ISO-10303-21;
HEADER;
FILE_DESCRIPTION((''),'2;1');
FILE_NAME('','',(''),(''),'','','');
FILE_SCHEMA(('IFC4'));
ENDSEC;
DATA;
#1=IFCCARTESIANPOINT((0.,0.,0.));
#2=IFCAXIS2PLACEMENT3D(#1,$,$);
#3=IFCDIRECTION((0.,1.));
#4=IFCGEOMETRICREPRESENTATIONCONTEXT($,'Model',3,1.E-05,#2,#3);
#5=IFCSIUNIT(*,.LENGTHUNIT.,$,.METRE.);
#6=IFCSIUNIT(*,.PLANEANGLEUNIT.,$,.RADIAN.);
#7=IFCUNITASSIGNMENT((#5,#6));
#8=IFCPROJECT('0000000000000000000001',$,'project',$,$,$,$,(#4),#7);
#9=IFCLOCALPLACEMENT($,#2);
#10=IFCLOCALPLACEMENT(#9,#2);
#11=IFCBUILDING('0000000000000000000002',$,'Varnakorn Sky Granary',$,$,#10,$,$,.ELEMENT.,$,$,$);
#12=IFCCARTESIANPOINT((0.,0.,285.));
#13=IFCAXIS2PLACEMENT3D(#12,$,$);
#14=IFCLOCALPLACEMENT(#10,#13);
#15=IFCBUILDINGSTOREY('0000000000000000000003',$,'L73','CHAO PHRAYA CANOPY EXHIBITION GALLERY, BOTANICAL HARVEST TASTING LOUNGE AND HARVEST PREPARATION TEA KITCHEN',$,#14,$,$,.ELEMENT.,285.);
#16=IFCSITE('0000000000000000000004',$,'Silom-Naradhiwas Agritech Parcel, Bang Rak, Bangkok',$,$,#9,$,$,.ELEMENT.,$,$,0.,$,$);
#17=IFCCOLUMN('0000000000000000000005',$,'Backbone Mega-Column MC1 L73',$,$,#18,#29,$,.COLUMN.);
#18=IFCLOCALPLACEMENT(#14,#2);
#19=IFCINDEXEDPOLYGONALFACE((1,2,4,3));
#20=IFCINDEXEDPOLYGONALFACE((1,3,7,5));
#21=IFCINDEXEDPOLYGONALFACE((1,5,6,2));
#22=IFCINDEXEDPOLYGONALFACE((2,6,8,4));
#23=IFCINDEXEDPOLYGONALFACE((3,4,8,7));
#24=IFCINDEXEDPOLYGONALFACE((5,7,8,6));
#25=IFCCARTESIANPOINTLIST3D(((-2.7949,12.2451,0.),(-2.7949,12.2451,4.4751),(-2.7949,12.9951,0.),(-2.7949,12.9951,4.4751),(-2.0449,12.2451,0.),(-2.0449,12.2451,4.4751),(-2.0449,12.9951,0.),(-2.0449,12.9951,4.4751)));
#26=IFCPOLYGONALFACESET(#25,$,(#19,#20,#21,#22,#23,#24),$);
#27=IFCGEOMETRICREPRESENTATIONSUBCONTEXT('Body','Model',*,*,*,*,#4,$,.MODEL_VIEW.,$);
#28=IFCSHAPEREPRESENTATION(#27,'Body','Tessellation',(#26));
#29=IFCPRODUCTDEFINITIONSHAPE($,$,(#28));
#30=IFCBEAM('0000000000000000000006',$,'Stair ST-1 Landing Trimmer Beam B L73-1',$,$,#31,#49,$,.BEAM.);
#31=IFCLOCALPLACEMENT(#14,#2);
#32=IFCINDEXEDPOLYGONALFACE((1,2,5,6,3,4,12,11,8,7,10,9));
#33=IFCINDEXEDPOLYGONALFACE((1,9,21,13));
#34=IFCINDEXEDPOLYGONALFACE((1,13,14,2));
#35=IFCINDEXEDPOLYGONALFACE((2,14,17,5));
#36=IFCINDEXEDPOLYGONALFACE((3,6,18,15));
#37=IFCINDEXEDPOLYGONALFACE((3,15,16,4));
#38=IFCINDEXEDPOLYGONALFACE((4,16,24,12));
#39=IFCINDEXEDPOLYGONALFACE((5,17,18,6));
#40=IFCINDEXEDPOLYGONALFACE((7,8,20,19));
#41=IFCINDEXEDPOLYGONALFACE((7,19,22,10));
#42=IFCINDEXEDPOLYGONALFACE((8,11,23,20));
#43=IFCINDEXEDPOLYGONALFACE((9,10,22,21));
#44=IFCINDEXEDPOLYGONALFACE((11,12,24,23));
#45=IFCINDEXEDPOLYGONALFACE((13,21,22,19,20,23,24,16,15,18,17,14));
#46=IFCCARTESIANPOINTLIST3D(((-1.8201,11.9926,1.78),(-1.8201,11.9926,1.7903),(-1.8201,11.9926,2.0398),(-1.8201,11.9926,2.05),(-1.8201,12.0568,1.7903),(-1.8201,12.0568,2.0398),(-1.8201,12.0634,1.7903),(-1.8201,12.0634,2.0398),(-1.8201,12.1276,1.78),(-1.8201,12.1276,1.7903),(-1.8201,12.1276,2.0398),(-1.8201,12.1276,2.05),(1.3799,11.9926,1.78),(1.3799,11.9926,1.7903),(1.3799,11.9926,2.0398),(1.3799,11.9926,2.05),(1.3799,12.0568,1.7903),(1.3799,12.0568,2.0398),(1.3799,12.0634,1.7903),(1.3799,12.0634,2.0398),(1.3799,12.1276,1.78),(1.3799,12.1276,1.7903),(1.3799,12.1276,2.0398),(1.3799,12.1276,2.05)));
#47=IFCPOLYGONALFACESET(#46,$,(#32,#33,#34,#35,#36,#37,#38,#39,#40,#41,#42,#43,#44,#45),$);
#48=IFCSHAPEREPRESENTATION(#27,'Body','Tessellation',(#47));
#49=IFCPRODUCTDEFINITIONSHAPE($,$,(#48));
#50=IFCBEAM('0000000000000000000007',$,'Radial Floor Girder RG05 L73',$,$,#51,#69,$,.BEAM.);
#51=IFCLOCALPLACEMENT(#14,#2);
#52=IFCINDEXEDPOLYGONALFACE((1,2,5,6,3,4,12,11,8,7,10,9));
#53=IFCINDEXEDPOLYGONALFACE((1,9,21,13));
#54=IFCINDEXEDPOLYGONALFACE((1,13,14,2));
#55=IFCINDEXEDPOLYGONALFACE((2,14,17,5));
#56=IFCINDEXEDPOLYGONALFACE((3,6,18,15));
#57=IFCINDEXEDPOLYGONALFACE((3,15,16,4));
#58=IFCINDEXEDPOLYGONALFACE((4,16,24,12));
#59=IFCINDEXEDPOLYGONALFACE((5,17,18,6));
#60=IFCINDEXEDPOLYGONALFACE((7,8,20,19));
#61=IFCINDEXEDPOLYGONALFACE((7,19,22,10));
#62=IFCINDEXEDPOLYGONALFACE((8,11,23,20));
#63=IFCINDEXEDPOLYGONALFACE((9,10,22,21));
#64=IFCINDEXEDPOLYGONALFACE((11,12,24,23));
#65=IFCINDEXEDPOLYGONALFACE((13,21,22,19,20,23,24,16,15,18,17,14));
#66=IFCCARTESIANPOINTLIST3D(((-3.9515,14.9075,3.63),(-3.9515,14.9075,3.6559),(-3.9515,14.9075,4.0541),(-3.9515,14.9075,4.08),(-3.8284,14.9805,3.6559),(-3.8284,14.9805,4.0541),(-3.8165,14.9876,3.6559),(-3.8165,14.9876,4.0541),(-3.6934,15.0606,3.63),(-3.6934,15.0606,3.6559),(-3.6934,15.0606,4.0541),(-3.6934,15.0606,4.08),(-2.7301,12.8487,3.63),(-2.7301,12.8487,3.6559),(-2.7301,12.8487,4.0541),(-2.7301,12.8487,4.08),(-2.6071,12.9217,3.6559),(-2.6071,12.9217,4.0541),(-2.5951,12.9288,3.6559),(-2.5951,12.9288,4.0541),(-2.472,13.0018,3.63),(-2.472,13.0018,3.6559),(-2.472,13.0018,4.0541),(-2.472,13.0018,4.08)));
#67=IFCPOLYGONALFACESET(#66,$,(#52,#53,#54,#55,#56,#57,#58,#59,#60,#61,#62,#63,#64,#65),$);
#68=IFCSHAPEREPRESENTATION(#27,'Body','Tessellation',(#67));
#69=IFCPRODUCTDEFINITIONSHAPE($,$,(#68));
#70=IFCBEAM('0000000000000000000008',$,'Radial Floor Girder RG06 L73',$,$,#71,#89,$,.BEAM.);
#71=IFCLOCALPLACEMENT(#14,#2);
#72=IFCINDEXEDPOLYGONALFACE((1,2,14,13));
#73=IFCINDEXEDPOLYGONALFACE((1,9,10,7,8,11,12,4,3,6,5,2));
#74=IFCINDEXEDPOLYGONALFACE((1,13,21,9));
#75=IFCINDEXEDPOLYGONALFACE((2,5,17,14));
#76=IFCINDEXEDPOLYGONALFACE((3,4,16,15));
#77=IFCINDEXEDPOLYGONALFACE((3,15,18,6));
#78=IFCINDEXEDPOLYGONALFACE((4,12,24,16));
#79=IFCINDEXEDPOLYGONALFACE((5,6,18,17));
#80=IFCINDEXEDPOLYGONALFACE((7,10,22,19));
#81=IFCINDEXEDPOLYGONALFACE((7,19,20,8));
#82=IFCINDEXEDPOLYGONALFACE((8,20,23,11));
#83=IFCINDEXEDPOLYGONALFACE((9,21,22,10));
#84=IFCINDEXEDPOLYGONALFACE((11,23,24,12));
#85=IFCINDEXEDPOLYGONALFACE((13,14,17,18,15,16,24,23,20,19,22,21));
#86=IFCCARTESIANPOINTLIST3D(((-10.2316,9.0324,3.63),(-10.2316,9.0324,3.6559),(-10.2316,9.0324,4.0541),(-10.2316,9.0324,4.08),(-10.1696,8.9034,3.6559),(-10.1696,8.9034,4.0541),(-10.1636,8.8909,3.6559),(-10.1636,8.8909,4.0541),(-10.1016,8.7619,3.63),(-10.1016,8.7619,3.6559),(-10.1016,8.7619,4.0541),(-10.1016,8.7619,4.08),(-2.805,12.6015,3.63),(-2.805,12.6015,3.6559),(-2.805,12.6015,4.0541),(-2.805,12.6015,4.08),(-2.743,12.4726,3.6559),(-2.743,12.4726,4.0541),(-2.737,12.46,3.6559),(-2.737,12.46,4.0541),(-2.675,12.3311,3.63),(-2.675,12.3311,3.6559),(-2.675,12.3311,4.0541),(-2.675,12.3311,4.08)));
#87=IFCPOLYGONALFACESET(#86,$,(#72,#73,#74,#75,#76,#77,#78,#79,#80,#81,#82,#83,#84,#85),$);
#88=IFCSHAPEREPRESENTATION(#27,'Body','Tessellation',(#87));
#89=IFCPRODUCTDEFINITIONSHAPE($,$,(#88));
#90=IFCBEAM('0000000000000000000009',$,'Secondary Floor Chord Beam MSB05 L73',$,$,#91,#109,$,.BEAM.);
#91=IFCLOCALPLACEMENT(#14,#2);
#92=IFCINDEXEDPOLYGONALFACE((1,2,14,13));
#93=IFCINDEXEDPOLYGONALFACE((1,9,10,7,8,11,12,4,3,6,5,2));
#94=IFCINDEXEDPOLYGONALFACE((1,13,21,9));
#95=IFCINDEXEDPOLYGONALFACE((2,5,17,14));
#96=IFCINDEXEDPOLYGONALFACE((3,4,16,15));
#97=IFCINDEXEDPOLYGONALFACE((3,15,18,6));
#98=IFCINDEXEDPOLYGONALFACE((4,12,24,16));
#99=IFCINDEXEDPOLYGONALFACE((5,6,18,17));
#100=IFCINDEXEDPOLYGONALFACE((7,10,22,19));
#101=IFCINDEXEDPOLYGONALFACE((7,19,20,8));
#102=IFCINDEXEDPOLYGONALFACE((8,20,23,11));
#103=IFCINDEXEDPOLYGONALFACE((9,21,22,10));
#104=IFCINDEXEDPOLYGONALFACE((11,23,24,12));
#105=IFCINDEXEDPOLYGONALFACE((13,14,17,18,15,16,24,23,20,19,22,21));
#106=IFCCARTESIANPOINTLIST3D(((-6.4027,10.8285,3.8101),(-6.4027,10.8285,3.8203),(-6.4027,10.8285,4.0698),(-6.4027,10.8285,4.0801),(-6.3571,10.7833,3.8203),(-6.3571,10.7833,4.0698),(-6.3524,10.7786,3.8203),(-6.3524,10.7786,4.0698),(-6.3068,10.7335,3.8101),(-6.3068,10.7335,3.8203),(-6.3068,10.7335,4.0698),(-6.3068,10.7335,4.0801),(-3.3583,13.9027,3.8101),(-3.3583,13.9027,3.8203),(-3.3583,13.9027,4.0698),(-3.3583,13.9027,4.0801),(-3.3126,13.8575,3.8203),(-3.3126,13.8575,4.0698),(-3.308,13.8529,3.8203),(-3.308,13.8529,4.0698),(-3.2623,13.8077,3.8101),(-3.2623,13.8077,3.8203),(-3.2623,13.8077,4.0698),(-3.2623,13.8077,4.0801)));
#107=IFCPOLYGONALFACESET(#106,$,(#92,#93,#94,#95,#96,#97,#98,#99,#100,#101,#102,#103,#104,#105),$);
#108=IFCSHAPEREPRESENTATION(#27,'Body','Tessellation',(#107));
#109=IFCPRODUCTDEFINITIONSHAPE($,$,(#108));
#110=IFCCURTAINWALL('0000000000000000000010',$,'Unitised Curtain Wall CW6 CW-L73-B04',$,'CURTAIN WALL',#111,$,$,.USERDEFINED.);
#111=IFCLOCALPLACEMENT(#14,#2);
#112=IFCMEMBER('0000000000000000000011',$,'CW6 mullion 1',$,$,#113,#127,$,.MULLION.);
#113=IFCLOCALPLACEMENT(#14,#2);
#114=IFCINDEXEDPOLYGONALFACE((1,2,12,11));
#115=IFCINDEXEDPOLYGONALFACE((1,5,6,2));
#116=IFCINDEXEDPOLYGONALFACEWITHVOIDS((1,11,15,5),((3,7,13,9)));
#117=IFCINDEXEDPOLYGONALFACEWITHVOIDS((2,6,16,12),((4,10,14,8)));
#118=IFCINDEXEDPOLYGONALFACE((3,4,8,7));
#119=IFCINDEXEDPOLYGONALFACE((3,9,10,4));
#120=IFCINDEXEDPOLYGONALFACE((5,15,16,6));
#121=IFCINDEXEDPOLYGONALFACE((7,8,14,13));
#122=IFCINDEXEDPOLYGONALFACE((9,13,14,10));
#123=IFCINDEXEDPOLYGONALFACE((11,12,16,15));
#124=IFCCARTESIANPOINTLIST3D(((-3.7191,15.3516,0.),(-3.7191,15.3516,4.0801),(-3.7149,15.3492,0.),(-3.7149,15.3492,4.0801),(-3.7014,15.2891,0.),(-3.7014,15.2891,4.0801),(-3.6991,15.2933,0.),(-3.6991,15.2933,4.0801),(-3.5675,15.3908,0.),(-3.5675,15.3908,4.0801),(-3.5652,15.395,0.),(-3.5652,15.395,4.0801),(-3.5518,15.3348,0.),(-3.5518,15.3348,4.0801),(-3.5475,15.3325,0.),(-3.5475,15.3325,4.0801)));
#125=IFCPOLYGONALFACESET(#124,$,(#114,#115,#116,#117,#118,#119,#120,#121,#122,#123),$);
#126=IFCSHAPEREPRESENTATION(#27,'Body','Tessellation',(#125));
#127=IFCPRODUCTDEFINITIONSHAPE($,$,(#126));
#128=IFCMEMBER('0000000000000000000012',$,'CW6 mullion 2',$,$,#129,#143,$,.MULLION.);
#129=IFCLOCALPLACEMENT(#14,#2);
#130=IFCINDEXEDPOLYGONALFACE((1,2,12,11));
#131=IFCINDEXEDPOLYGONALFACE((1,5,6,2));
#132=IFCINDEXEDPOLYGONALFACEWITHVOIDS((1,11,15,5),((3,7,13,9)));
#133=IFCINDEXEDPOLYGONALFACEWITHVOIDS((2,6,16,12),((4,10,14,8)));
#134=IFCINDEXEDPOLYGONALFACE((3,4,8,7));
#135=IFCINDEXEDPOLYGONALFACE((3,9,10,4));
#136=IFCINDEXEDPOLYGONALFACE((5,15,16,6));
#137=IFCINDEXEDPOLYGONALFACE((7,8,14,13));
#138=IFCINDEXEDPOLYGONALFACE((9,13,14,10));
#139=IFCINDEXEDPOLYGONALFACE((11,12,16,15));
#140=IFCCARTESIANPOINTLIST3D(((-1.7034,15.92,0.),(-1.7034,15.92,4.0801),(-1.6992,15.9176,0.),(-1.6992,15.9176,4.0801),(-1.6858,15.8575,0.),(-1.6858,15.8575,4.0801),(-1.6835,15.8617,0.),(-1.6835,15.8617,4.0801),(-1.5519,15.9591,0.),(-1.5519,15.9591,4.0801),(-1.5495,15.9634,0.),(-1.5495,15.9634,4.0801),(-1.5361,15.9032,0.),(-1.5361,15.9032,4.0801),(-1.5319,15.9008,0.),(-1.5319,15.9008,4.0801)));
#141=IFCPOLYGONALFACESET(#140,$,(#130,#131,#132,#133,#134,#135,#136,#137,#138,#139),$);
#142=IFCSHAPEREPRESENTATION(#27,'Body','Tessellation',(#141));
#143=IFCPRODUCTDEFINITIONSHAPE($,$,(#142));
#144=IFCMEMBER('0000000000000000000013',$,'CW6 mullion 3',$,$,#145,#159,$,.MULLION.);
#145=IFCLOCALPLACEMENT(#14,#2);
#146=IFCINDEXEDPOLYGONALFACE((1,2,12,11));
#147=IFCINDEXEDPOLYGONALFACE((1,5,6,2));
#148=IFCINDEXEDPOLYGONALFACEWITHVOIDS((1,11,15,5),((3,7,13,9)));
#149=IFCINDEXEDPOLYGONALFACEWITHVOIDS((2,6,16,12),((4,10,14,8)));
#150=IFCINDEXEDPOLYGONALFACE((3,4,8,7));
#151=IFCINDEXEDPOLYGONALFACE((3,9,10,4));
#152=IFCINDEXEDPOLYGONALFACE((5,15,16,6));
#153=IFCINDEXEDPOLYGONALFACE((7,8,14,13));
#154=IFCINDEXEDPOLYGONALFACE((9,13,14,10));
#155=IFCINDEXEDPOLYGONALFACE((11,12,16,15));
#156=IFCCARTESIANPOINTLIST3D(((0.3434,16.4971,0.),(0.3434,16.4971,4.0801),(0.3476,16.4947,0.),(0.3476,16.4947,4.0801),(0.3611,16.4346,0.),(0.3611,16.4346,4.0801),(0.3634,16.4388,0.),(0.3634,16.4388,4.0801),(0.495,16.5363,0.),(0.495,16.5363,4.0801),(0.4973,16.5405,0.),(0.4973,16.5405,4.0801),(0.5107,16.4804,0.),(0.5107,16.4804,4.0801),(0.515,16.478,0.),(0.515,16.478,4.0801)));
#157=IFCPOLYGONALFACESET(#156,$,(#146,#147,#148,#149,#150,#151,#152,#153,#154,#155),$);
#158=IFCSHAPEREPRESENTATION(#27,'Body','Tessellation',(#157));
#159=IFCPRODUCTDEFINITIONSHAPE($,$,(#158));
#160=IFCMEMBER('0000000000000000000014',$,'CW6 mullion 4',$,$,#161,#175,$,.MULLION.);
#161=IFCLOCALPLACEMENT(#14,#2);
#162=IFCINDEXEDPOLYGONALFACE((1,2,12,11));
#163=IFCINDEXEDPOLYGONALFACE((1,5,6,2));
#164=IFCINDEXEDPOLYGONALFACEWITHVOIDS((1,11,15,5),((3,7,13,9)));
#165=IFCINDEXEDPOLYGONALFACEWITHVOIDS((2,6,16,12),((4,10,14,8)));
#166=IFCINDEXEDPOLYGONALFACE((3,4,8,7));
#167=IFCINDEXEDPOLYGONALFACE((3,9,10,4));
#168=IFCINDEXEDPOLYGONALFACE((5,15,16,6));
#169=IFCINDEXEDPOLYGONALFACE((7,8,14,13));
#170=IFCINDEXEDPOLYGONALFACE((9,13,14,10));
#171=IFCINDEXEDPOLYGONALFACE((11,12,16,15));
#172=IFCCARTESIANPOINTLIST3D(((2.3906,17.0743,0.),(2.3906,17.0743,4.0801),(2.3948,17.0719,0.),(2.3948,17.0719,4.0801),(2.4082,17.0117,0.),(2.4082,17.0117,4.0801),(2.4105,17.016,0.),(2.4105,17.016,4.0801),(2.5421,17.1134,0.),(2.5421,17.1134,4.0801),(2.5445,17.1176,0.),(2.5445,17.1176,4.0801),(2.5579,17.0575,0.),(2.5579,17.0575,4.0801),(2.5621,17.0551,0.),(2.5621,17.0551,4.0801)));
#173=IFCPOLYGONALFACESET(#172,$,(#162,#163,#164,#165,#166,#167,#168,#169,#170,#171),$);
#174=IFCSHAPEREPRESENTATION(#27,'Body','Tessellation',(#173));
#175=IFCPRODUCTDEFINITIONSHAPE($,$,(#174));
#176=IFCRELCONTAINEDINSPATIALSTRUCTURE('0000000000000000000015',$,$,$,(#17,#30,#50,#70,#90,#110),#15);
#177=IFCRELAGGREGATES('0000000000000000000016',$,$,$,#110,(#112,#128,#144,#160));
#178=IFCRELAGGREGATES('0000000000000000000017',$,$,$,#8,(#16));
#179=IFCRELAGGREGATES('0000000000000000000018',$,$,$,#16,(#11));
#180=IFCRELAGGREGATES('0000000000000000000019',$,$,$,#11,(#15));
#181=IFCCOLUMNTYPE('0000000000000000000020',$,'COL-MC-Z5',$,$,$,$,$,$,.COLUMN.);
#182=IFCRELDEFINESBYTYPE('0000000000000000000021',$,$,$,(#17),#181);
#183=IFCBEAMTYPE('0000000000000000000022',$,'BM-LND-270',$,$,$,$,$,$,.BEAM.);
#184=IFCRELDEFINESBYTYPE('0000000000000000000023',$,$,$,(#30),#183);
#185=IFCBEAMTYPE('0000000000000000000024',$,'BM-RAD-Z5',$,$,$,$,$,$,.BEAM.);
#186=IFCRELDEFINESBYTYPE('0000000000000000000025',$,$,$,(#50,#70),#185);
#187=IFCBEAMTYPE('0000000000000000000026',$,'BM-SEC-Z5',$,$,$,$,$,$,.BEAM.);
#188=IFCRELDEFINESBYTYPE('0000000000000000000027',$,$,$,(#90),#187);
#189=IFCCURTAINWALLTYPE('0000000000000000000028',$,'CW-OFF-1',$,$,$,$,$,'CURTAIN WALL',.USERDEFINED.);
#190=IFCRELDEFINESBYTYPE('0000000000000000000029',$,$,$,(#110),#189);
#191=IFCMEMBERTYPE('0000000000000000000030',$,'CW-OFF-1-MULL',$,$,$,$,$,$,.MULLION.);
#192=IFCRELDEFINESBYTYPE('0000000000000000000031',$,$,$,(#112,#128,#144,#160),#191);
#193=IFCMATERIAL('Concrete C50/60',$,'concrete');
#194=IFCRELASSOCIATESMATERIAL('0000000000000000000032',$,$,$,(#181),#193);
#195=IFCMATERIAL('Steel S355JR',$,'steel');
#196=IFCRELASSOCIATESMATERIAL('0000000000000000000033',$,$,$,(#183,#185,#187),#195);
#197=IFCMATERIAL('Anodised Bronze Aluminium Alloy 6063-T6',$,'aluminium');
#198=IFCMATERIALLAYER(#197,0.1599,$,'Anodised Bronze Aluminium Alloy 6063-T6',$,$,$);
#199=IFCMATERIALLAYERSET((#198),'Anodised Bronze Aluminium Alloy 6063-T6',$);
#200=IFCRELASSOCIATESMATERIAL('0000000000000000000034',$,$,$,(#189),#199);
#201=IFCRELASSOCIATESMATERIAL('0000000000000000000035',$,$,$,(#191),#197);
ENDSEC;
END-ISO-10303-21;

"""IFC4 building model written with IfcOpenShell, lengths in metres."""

from ifc_helpers import new_model, si_unit, direction, frame, origin, origin_2d, place, context, subcontext, project, spatial, rectangle, hollow_rectangle, i_section, extrude, material, layer, layer_set, material_profile, profile_set, type_object, element, aggregate, save


model = new_model("IFC4")

# Units and contexts
model_context = context("Model", 3, precision=1e-05, world=origin(), true_north=direction((0.0, 1.0)))
body_context = subcontext(model_context, "Body", "Model", "MODEL_VIEW")
ifc_project = project(units=[si_unit("LENGTHUNIT", "METRE"), si_unit("PLANEANGLEUNIT", "RADIAN")], contexts=[model_context])

# Site, building, storey
site_placement = place(None, origin())
site = spatial("IfcSite", under=ifc_project, at=site_placement, Name="Silom-Naradhiwas Agritech Parcel, Bang Rak, Bangkok", CompositionType="ELEMENT", RefElevation=0.0)
building_placement = place(site_placement, origin())
building = spatial("IfcBuilding", under=site, at=building_placement, Name="Varnakorn Sky Granary", CompositionType="ELEMENT")
storey_placement = place(building_placement, frame((0.0, 0.0, 285.0)))
storey = spatial("IfcBuildingStorey", under=building, at=storey_placement, Name="L73", Description="CHAO PHRAYA CANOPY EXHIBITION GALLERY, BOTANICAL HARVEST TASTING LOUNGE AND HARVEST PREPARATION TEA KITCHEN", CompositionType="ELEMENT", Elevation=285.0)

# Column
ifc_material_1 = material(Name="Concrete C50/60", Category="concrete")
ifc_material_profile_1 = material_profile(ifc_material_1, rectangle(XDim=0.75, YDim=0.75, at=origin_2d()), Name="RC 750x750")
ifc_profile_set_1 = profile_set([ifc_material_profile_1], Name="Concrete C50/60")
column_type = type_object("IfcColumnType", Name="COL-MC-Z5", PredefinedType="COLUMN", material=ifc_profile_set_1)
column_placement = place(storey_placement, frame((-2.4199, 12.6201, 0.0), z_axis=(0.0, 0.0, 1.0), x_axis=(1.0, 0.0, 0.0)))
element("IfcColumn", 1, at=column_placement, inside=storey, type_object=column_type, Name="Backbone Mega-Column MC1 L73", PredefinedType="COLUMN", context=body_context, shape_type="SweptSolid", body=[
    extrude(rectangle(XDim=0.75, YDim=0.75, at=origin_2d()), origin(), (0.0, 0.0, 1.0), 4.4751),
])

# Beams
ifc_material_2 = material(Name="Steel S355JR", Category="steel")
ifc_material_profile_2 = material_profile(ifc_material_2, i_section(OverallWidth=0.135, OverallDepth=0.27, WebThickness=0.0066, FlangeThickness=0.0103, at=origin_2d()), Name="IPE 270")
ifc_profile_set_2 = profile_set([ifc_material_profile_2], Name="Steel S355JR")
beam_type_1 = type_object("IfcBeamType", Name="BM-LND-270", PredefinedType="BEAM", material=ifc_profile_set_2)
beam_1_placement = place(storey_placement, frame((-1.8201, 12.0601, 1.915), z_axis=(1.0, 0.0, 0.0), x_axis=(0.0, 1.0, 0.0)))
element("IfcBeam", 2, at=beam_1_placement, inside=storey, type_object=beam_type_1, Name="Stair ST-1 Landing Trimmer Beam B L73-1", PredefinedType="BEAM", context=body_context, shape_type="SweptSolid", body=[
    extrude(i_section(OverallWidth=0.135, OverallDepth=0.27, WebThickness=0.0066, FlangeThickness=0.0103, at=origin_2d()), origin(), (0.0, 0.0, 1.0), 3.2),
])
ifc_material_profile_3 = material_profile(ifc_material_2, i_section(OverallWidth=0.3, OverallDepth=0.45, WebThickness=0.0139, FlangeThickness=0.0259, at=origin_2d()), Name="HE 450 B")
ifc_profile_set_3 = profile_set([ifc_material_profile_3], Name="Steel S355JR")
beam_type_2 = type_object("IfcBeamType", Name="BM-RAD-Z5", PredefinedType="BEAM", material=ifc_profile_set_3)
beam_2_placement = place(storey_placement, frame((-2.6011, 12.9253, 3.855), z_axis=(-0.51023, 0.860038, 0.0), x_axis=(-0.860038, -0.51023, 0.0)))
element("IfcBeam", 3, at=beam_2_placement, inside=storey, type_object=beam_type_2, Name="Radial Floor Girder RG05 L73", PredefinedType="BEAM", context=body_context, shape_type="SweptSolid", body=[
    extrude(i_section(OverallWidth=0.3, OverallDepth=0.45, WebThickness=0.0139, FlangeThickness=0.0259, at=origin_2d()), origin(), (0.0, 0.0, 1.0), 2.3938),
])
beam_3_placement = place(storey_placement, frame((-2.74, 12.4663, 3.855), z_axis=(-0.901316, -0.433162, 0.0), x_axis=(0.433162, -0.901316, 0.0)))
element("IfcBeam", 4, at=beam_3_placement, inside=storey, type_object=beam_type_2, Name="Radial Floor Girder RG06 L73", PredefinedType="BEAM", context=body_context, shape_type="SweptSolid", body=[
    extrude(i_section(OverallWidth=0.3, OverallDepth=0.45, WebThickness=0.0139, FlangeThickness=0.0259, at=origin_2d()), origin(), (0.0, 0.0, 1.0), 8.2397),
])
ifc_material_profile_4 = material_profile(ifc_material_2, i_section(OverallWidth=0.135, OverallDepth=0.27, WebThickness=0.0066, FlangeThickness=0.0103, at=origin_2d()), Name="IPE 270")
ifc_profile_set_4 = profile_set([ifc_material_profile_4], Name="Steel S355JR")
beam_type_3 = type_object("IfcBeamType", Name="BM-SEC-Z5", PredefinedType="BEAM", material=ifc_profile_set_4)
beam_4_placement = place(storey_placement, frame((-3.3103, 13.8552, 3.9451), z_axis=(-0.703656, -0.710541, 0.0), x_axis=(0.710541, -0.703656, 0.0)))
element("IfcBeam", 5, at=beam_4_placement, inside=storey, type_object=beam_type_3, Name="Secondary Floor Chord Beam MSB05 L73", PredefinedType="BEAM", context=body_context, shape_type="SweptSolid", body=[
    extrude(i_section(OverallWidth=0.135, OverallDepth=0.27, WebThickness=0.0066, FlangeThickness=0.0103, at=origin_2d()), origin(), (0.0, 0.0, 1.0), 4.3267),
])

# Curtain wall, members
ifc_material_3 = material(Name="Anodised Bronze Aluminium Alloy 6063-T6", Category="aluminium")
ifc_layer_1 = layer(ifc_material_3, 0.1599, Name="Anodised Bronze Aluminium Alloy 6063-T6")
ifc_layer_set_1 = layer_set([ifc_layer_1], Name="Anodised Bronze Aluminium Alloy 6063-T6")
curtain_wall_type = type_object("IfcCurtainWallType", Name="CW-OFF-1", ElementType="CURTAIN WALL", PredefinedType="USERDEFINED", material=ifc_layer_set_1)
curtain_wall_placement = place(storey_placement, origin())
curtain_wall = element("IfcCurtainWall", 6, at=curtain_wall_placement, inside=storey, type_object=curtain_wall_type, Name="Unitised Curtain Wall CW6 CW-L73-B04", ObjectType="CURTAIN WALL", PredefinedType="USERDEFINED")
ifc_material_profile_5 = material_profile(ifc_material_3, hollow_rectangle(XDim=0.0649, YDim=0.1599, WallThickness=0.0034, at=origin_2d()), Name="ALU MULL 65x160")
ifc_profile_set_5 = profile_set([ifc_material_profile_5], Name="Anodised Bronze Aluminium Alloy 6063-T6")
member_type_1 = type_object("IfcMemberType", Name="CW-OFF-1-MULL", PredefinedType="MULLION", material=ifc_profile_set_5)
member_1_placement = place(storey_placement, frame((-3.6333, 15.342, 0.0), z_axis=(0.0, 0.0, 1.0), x_axis=(-0.271372, 0.962474, 0.0)))
member_1 = element("IfcMember", 7, at=member_1_placement, type_object=member_type_1, Name="CW6 mullion 1", PredefinedType="MULLION", context=body_context, shape_type="SweptSolid", body=[
    extrude(hollow_rectangle(XDim=0.0649, YDim=0.1599, WallThickness=0.0034, at=origin_2d()), origin(), (0.0, 0.0, 1.0), 4.0801),
])
member_2_placement = place(storey_placement, frame((-1.6177, 15.9104, 0.0), z_axis=(0.0, 0.0, 1.0), x_axis=(-0.271372, 0.962474, 0.0)))
member_2 = element("IfcMember", 8, at=member_2_placement, type_object=member_type_1, Name="CW6 mullion 2", PredefinedType="MULLION", context=body_context, shape_type="SweptSolid", body=[
    extrude(hollow_rectangle(XDim=0.0649, YDim=0.1599, WallThickness=0.0034, at=origin_2d()), origin(), (0.0, 0.0, 1.0), 4.0801),
])
member_3_placement = place(storey_placement, frame((0.4292, 16.4875, 0.0), z_axis=(0.0, 0.0, 1.0), x_axis=(-0.271372, 0.962474, 0.0)))
member_3 = element("IfcMember", 9, at=member_3_placement, type_object=member_type_1, Name="CW6 mullion 3", PredefinedType="MULLION", context=body_context, shape_type="SweptSolid", body=[
    extrude(hollow_rectangle(XDim=0.0649, YDim=0.1599, WallThickness=0.0034, at=origin_2d()), origin(), (0.0, 0.0, 1.0), 4.0801),
])
member_4_placement = place(storey_placement, frame((2.4763, 17.0647, 0.0), z_axis=(0.0, 0.0, 1.0), x_axis=(-0.271372, 0.962474, 0.0)))
member_4 = element("IfcMember", 10, at=member_4_placement, type_object=member_type_1, Name="CW6 mullion 4", PredefinedType="MULLION", context=body_context, shape_type="SweptSolid", body=[
    extrude(hollow_rectangle(XDim=0.0649, YDim=0.1599, WallThickness=0.0034, at=origin_2d()), origin(), (0.0, 0.0, 1.0), 4.0801),
])

aggregate(curtain_wall, [member_1, member_2, member_3, member_4])

save(model, "model.ifc")
